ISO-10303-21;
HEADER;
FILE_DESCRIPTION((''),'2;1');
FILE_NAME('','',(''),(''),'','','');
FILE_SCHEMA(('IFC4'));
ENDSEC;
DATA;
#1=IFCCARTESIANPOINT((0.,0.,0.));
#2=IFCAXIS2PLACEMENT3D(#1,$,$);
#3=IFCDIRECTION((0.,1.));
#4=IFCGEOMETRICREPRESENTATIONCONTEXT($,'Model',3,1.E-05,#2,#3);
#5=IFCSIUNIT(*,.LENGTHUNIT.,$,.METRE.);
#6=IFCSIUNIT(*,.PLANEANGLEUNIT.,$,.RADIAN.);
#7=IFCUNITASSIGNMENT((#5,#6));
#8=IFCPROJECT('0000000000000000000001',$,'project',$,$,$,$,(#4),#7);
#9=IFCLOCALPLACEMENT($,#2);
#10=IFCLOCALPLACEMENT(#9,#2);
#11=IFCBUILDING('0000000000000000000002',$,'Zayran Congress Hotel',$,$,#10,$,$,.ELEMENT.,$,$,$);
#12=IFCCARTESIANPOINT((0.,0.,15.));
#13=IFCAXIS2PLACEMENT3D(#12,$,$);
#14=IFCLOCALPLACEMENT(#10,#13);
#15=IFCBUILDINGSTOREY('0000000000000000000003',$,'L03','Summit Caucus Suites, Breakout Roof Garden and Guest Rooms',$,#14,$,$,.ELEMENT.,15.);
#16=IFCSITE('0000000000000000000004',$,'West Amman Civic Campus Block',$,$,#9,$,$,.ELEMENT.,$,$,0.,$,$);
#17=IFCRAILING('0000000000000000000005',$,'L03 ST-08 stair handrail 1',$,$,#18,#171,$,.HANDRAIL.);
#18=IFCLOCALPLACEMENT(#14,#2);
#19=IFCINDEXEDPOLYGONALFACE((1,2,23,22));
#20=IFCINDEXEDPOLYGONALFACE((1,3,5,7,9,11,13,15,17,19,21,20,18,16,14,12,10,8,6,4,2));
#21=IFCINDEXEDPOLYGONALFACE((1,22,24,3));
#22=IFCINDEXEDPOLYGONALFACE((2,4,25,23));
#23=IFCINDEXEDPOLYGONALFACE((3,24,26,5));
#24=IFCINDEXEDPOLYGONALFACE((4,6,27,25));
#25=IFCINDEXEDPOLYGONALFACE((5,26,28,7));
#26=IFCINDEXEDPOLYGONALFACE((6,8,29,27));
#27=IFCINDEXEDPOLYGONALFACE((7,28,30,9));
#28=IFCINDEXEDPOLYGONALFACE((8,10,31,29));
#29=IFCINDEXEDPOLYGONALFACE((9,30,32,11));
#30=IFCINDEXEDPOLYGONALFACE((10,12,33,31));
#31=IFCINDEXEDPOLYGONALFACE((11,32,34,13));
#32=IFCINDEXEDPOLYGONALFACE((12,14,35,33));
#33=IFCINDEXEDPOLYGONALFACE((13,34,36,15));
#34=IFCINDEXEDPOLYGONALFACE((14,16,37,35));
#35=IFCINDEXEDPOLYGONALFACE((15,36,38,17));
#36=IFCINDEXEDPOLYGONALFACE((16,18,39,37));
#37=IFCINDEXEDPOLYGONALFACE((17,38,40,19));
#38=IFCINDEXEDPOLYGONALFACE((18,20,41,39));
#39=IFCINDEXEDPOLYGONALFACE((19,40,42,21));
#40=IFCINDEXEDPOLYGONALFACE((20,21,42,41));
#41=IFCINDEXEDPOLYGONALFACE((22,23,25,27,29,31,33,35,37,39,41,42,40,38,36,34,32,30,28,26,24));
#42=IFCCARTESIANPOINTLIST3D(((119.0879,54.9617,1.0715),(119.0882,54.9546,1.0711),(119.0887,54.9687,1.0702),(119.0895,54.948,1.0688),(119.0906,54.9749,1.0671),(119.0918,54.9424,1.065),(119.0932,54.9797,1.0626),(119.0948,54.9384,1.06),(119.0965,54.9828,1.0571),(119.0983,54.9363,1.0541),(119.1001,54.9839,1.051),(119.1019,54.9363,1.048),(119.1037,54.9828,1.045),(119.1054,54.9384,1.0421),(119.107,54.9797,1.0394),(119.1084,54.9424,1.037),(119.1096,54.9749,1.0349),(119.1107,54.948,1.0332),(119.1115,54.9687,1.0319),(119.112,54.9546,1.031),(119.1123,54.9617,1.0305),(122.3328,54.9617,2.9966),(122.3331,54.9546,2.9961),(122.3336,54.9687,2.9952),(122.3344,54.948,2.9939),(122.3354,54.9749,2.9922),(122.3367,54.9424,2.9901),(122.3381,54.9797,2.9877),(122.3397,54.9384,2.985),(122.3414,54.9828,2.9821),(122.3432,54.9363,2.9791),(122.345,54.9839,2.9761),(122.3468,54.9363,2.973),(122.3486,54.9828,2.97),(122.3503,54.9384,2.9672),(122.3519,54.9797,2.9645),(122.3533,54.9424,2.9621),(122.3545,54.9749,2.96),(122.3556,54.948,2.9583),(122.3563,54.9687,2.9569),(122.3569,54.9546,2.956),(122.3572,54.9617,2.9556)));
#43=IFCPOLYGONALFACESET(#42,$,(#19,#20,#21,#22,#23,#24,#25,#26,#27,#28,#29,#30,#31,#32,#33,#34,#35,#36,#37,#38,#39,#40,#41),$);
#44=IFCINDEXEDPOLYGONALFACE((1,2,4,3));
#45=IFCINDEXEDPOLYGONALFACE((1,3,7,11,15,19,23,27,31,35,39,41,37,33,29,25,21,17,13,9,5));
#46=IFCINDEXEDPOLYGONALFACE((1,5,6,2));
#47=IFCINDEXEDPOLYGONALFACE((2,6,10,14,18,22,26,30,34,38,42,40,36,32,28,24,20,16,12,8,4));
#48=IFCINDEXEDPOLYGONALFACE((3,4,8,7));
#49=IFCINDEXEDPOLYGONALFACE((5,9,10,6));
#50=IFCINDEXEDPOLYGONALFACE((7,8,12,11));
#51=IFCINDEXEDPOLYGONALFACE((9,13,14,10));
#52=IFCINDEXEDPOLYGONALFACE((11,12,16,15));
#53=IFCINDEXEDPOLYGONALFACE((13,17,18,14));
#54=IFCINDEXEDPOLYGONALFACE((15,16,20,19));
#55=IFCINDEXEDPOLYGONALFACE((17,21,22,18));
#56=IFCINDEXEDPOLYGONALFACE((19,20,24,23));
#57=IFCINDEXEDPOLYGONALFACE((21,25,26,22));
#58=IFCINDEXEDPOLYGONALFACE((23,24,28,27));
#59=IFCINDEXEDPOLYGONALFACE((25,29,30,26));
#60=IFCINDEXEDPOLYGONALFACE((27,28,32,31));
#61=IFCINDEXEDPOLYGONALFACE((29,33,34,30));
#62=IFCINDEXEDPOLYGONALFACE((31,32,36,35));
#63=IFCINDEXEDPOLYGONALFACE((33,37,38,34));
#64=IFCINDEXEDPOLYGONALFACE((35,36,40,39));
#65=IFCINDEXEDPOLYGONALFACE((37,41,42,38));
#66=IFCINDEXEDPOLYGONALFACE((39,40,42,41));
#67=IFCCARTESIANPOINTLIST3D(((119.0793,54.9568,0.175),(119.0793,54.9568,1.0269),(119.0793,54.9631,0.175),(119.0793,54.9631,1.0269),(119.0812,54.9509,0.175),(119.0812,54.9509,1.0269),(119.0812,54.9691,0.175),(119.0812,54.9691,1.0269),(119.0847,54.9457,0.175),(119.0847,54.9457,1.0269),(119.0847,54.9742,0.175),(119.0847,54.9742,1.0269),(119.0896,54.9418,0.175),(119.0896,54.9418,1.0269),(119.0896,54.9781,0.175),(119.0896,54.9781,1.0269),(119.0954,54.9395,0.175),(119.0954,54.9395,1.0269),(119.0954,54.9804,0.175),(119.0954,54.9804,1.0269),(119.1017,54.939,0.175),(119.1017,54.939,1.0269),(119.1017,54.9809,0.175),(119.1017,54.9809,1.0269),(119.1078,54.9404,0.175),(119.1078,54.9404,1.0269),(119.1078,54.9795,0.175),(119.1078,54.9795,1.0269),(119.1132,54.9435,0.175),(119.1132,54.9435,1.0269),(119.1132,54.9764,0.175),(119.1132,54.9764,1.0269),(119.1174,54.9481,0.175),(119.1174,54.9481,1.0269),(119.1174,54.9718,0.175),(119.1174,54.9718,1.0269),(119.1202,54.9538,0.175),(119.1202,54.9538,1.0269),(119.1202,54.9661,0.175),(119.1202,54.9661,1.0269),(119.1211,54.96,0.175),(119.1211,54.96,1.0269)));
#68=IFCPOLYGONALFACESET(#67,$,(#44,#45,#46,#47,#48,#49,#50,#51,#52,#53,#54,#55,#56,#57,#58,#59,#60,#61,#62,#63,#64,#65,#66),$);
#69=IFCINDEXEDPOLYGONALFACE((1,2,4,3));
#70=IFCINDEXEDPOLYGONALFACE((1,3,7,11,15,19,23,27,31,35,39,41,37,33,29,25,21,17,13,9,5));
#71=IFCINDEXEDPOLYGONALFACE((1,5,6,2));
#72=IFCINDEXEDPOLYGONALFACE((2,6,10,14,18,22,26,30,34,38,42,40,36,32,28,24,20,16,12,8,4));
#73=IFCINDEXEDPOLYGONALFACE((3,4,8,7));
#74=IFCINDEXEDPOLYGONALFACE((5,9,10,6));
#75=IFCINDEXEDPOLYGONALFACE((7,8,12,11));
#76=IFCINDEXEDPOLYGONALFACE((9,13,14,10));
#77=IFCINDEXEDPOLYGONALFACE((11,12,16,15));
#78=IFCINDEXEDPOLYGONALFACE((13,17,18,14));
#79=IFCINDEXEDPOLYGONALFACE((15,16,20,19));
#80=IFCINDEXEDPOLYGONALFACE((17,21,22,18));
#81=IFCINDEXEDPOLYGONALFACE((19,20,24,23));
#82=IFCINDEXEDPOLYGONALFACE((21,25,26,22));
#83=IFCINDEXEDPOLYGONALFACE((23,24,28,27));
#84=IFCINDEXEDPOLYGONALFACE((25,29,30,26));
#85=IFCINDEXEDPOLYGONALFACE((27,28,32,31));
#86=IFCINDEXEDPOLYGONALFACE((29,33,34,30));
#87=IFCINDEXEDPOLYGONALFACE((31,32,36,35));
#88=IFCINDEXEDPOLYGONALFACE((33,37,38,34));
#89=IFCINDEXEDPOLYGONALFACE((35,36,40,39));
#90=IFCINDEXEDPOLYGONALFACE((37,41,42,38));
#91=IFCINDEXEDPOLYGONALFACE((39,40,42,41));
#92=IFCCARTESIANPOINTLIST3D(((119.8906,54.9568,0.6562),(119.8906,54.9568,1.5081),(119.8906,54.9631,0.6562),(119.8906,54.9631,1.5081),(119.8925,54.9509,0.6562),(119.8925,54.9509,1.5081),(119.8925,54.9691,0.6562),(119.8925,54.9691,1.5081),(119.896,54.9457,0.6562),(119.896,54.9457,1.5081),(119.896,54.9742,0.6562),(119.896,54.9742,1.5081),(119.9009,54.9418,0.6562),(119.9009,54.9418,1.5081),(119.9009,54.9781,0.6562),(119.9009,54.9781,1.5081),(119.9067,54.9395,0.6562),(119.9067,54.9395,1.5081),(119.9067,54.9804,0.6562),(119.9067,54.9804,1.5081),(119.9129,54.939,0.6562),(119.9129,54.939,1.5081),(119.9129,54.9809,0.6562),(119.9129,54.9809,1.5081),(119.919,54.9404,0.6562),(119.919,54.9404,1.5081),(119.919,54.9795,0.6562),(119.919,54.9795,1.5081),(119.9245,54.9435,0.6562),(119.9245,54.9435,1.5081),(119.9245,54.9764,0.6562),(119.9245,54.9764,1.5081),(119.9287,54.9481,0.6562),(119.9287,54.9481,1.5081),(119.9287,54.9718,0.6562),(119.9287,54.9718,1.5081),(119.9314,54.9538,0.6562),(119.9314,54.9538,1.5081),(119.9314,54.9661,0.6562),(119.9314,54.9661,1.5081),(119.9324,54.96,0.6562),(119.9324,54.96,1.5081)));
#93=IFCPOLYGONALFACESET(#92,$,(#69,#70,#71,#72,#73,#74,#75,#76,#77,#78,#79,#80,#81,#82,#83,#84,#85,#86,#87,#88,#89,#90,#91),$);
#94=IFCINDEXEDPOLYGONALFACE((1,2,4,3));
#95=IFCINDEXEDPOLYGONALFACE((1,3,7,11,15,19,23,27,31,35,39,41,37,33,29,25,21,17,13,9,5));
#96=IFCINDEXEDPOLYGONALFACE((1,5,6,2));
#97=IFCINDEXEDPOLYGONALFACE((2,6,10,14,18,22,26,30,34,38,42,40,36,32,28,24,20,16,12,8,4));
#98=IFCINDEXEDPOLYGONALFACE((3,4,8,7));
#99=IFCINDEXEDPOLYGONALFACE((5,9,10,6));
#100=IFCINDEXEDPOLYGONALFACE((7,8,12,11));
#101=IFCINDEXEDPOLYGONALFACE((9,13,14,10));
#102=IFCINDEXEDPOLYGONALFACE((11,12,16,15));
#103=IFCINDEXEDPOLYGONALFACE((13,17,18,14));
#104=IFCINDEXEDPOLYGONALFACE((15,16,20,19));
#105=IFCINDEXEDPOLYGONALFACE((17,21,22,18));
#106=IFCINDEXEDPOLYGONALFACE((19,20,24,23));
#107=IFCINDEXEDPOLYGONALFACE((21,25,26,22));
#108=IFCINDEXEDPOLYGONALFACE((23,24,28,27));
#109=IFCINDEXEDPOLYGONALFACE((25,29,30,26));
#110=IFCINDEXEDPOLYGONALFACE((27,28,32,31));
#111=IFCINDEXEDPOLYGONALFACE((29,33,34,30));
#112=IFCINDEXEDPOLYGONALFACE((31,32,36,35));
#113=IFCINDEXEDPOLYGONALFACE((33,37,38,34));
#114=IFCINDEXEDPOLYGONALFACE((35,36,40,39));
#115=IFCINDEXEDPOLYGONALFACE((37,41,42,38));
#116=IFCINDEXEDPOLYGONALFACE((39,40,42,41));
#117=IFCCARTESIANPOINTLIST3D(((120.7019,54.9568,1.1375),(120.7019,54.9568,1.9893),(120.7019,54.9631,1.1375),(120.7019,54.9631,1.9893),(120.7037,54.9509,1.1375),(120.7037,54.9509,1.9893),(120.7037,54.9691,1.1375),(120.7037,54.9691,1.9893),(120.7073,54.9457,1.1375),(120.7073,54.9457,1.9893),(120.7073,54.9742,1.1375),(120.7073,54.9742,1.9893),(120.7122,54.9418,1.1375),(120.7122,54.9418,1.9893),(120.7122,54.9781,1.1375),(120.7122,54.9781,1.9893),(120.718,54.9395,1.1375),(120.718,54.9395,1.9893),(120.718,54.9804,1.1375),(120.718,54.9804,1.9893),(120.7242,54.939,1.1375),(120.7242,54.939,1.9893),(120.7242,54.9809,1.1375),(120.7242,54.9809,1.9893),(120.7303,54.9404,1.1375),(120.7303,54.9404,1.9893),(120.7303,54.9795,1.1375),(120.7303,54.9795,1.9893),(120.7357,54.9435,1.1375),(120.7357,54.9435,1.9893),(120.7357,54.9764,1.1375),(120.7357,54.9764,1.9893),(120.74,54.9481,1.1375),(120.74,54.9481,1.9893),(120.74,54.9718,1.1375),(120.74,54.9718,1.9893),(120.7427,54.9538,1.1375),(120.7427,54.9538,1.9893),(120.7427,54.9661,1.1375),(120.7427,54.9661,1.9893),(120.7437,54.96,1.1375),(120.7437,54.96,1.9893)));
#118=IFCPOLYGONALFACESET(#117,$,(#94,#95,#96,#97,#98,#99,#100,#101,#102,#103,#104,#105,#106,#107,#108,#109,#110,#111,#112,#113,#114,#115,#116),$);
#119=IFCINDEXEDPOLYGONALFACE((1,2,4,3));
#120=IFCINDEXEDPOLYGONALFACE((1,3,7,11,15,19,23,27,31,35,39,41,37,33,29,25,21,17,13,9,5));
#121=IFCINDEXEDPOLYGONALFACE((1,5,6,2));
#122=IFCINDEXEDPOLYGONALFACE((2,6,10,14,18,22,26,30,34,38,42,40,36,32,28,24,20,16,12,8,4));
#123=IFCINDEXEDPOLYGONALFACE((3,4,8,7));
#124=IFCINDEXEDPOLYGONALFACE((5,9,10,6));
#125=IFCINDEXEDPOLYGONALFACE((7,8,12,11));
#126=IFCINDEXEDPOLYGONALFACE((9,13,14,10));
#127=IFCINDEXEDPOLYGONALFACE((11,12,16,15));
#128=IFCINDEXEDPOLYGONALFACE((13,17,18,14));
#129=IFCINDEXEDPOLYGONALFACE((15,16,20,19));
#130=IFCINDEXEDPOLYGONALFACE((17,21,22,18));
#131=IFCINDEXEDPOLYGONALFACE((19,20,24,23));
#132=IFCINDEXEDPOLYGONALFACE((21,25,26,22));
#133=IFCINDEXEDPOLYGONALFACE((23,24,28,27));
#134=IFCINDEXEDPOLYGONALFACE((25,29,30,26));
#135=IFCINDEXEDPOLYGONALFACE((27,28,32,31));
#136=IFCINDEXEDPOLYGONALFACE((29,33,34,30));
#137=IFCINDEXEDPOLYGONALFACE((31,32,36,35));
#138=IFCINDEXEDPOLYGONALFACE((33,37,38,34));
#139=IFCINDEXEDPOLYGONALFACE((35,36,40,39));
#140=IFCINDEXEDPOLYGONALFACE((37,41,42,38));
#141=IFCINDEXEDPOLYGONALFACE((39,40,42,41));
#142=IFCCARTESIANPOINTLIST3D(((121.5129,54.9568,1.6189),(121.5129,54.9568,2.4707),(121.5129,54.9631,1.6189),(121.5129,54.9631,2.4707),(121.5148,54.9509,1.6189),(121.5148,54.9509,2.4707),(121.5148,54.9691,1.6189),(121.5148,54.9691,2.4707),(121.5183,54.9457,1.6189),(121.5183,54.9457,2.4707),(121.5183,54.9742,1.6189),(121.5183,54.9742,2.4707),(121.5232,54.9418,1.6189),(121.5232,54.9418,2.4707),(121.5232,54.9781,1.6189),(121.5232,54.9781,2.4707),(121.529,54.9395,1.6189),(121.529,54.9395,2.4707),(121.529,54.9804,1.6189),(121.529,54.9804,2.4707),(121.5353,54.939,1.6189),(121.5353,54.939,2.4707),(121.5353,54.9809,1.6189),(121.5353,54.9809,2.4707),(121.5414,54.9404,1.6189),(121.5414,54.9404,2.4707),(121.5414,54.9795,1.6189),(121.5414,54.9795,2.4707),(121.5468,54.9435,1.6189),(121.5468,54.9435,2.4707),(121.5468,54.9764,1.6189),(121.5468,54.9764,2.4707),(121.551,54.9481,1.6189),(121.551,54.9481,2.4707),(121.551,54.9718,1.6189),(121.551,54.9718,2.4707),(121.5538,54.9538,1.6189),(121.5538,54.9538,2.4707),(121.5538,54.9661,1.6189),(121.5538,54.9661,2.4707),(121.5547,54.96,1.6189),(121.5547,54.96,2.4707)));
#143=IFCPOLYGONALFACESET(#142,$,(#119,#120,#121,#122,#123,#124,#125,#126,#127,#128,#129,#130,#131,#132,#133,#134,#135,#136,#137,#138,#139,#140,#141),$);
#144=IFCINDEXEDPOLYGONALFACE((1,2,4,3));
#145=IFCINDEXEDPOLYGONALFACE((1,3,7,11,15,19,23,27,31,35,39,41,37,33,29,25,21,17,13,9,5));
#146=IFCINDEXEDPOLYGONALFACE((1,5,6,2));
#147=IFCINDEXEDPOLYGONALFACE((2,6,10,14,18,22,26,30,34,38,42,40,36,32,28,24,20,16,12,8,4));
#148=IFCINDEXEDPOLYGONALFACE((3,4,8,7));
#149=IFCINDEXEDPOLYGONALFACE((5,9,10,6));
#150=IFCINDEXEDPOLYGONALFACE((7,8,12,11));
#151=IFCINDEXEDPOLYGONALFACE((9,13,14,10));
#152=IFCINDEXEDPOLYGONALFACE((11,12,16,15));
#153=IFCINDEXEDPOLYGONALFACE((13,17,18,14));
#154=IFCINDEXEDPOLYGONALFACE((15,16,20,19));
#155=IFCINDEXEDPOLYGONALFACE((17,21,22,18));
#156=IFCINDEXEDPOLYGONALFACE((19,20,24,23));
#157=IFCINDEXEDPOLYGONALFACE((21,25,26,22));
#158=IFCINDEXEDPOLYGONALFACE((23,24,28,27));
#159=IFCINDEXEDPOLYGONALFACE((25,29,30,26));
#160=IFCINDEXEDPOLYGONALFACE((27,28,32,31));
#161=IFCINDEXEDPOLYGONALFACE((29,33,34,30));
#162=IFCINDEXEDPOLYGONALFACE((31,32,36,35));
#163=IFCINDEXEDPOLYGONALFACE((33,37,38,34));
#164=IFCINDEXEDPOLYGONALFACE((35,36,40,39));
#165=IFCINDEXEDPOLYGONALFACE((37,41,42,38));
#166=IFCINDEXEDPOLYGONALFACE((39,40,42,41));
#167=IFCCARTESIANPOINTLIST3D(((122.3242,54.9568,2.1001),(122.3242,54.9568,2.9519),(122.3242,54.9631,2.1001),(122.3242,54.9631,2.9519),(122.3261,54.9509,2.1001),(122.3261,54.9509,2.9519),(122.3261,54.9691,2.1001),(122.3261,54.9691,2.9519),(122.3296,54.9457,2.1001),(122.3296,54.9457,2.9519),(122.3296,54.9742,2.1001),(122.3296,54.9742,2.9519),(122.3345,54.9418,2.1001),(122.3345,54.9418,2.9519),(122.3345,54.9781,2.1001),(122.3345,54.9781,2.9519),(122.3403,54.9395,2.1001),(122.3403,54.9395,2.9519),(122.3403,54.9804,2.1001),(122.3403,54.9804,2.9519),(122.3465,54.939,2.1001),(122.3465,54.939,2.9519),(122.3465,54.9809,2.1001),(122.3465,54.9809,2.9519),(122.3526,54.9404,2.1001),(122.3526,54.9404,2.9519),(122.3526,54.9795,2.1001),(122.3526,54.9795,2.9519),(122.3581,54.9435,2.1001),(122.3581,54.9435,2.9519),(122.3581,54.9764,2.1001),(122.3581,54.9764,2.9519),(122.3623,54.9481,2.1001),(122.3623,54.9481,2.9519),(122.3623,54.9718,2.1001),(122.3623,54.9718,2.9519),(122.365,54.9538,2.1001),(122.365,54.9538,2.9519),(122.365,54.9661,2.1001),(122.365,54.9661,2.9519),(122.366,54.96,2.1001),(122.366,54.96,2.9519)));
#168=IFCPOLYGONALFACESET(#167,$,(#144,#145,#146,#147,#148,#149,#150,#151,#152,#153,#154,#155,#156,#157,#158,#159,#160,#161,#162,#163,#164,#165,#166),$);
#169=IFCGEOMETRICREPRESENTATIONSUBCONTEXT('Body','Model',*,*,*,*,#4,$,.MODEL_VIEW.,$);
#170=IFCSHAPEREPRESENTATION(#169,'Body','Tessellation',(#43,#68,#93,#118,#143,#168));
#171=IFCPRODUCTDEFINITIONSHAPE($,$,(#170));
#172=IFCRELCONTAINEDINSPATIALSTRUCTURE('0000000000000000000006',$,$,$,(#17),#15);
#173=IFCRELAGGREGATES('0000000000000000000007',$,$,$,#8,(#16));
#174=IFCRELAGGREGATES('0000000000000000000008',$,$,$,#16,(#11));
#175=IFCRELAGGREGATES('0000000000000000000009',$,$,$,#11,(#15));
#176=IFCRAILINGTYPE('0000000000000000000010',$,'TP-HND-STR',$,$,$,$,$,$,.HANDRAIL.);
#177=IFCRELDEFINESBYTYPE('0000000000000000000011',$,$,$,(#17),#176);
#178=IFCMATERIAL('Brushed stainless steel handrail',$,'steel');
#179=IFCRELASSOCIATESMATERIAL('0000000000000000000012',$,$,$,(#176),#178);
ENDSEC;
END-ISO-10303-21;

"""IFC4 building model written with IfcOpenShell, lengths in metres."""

from ifc_helpers import new_model, si_unit, direction, frame, origin, origin_2d, place, context, subcontext, project, spatial, circle, extrude, material, type_object, element, save


model = new_model("IFC4")

# Units and contexts
model_context = context("Model", 3, precision=1e-05, world=origin(), true_north=direction((0.0, 1.0)))
body_context = subcontext(model_context, "Body", "Model", "MODEL_VIEW")
ifc_project = project(units=[si_unit("LENGTHUNIT", "METRE"), si_unit("PLANEANGLEUNIT", "RADIAN")], contexts=[model_context])

# Site, building, storey
site_placement = place(None, origin())
site = spatial("IfcSite", under=ifc_project, at=site_placement, Name="West Amman Civic Campus Block", CompositionType="ELEMENT", RefElevation=0.0)
building_placement = place(site_placement, origin())
building = spatial("IfcBuilding", under=site, at=building_placement, Name="Zayran Congress Hotel", CompositionType="ELEMENT")
storey_placement = place(building_placement, frame((0.0, 0.0, 15.0)))
storey = spatial("IfcBuildingStorey", under=building, at=storey_placement, Name="L03", Description="Summit Caucus Suites, Breakout Roof Garden and Guest Rooms", CompositionType="ELEMENT", Elevation=15.0)

# Railing
ifc_material_1 = material(Name="Brushed stainless steel handrail", Category="steel")
railing_type_1 = type_object("IfcRailingType", Name="TP-HND-STR", PredefinedType="HANDRAIL", material=ifc_material_1)
railing_1_placement = place(storey_placement, frame((119.1001, 54.96, 0.175)))
element("IfcRailing", 1, at=railing_1_placement, inside=storey, type_object=railing_type_1, Name="L03 ST-08 stair handrail 1", PredefinedType="HANDRAIL", context=body_context, shape_type="SweptSolid", body=[
    extrude(circle(Radius=0.0239, at=origin_2d()), frame((0.0, 0.0, 0.876), z_axis=(0.86004, 0.0, 0.510226), x_axis=(0.0, 1.0, 0.0)), (0.0, 0.0, 1.0), 3.7729),
    extrude(circle(Radius=0.021, at=origin_2d()), origin(), (0.0, 0.0, 1.0), 0.8518),
    extrude(circle(Radius=0.021, at=origin_2d()), frame((0.8113, 0.0, 0.4812)), (0.0, 0.0, 1.0), 0.8518),
    extrude(circle(Radius=0.021, at=origin_2d()), frame((1.6226, 0.0, 0.9624)), (0.0, 0.0, 1.0), 0.8518),
    extrude(circle(Radius=0.021, at=origin_2d()), frame((2.4336, 0.0, 1.4438)), (0.0, 0.0, 1.0), 0.8518),
    extrude(circle(Radius=0.021, at=origin_2d()), frame((3.2449, 0.0, 1.925)), (0.0, 0.0, 1.0), 0.8518),
])

save(model, "model.ifc")
